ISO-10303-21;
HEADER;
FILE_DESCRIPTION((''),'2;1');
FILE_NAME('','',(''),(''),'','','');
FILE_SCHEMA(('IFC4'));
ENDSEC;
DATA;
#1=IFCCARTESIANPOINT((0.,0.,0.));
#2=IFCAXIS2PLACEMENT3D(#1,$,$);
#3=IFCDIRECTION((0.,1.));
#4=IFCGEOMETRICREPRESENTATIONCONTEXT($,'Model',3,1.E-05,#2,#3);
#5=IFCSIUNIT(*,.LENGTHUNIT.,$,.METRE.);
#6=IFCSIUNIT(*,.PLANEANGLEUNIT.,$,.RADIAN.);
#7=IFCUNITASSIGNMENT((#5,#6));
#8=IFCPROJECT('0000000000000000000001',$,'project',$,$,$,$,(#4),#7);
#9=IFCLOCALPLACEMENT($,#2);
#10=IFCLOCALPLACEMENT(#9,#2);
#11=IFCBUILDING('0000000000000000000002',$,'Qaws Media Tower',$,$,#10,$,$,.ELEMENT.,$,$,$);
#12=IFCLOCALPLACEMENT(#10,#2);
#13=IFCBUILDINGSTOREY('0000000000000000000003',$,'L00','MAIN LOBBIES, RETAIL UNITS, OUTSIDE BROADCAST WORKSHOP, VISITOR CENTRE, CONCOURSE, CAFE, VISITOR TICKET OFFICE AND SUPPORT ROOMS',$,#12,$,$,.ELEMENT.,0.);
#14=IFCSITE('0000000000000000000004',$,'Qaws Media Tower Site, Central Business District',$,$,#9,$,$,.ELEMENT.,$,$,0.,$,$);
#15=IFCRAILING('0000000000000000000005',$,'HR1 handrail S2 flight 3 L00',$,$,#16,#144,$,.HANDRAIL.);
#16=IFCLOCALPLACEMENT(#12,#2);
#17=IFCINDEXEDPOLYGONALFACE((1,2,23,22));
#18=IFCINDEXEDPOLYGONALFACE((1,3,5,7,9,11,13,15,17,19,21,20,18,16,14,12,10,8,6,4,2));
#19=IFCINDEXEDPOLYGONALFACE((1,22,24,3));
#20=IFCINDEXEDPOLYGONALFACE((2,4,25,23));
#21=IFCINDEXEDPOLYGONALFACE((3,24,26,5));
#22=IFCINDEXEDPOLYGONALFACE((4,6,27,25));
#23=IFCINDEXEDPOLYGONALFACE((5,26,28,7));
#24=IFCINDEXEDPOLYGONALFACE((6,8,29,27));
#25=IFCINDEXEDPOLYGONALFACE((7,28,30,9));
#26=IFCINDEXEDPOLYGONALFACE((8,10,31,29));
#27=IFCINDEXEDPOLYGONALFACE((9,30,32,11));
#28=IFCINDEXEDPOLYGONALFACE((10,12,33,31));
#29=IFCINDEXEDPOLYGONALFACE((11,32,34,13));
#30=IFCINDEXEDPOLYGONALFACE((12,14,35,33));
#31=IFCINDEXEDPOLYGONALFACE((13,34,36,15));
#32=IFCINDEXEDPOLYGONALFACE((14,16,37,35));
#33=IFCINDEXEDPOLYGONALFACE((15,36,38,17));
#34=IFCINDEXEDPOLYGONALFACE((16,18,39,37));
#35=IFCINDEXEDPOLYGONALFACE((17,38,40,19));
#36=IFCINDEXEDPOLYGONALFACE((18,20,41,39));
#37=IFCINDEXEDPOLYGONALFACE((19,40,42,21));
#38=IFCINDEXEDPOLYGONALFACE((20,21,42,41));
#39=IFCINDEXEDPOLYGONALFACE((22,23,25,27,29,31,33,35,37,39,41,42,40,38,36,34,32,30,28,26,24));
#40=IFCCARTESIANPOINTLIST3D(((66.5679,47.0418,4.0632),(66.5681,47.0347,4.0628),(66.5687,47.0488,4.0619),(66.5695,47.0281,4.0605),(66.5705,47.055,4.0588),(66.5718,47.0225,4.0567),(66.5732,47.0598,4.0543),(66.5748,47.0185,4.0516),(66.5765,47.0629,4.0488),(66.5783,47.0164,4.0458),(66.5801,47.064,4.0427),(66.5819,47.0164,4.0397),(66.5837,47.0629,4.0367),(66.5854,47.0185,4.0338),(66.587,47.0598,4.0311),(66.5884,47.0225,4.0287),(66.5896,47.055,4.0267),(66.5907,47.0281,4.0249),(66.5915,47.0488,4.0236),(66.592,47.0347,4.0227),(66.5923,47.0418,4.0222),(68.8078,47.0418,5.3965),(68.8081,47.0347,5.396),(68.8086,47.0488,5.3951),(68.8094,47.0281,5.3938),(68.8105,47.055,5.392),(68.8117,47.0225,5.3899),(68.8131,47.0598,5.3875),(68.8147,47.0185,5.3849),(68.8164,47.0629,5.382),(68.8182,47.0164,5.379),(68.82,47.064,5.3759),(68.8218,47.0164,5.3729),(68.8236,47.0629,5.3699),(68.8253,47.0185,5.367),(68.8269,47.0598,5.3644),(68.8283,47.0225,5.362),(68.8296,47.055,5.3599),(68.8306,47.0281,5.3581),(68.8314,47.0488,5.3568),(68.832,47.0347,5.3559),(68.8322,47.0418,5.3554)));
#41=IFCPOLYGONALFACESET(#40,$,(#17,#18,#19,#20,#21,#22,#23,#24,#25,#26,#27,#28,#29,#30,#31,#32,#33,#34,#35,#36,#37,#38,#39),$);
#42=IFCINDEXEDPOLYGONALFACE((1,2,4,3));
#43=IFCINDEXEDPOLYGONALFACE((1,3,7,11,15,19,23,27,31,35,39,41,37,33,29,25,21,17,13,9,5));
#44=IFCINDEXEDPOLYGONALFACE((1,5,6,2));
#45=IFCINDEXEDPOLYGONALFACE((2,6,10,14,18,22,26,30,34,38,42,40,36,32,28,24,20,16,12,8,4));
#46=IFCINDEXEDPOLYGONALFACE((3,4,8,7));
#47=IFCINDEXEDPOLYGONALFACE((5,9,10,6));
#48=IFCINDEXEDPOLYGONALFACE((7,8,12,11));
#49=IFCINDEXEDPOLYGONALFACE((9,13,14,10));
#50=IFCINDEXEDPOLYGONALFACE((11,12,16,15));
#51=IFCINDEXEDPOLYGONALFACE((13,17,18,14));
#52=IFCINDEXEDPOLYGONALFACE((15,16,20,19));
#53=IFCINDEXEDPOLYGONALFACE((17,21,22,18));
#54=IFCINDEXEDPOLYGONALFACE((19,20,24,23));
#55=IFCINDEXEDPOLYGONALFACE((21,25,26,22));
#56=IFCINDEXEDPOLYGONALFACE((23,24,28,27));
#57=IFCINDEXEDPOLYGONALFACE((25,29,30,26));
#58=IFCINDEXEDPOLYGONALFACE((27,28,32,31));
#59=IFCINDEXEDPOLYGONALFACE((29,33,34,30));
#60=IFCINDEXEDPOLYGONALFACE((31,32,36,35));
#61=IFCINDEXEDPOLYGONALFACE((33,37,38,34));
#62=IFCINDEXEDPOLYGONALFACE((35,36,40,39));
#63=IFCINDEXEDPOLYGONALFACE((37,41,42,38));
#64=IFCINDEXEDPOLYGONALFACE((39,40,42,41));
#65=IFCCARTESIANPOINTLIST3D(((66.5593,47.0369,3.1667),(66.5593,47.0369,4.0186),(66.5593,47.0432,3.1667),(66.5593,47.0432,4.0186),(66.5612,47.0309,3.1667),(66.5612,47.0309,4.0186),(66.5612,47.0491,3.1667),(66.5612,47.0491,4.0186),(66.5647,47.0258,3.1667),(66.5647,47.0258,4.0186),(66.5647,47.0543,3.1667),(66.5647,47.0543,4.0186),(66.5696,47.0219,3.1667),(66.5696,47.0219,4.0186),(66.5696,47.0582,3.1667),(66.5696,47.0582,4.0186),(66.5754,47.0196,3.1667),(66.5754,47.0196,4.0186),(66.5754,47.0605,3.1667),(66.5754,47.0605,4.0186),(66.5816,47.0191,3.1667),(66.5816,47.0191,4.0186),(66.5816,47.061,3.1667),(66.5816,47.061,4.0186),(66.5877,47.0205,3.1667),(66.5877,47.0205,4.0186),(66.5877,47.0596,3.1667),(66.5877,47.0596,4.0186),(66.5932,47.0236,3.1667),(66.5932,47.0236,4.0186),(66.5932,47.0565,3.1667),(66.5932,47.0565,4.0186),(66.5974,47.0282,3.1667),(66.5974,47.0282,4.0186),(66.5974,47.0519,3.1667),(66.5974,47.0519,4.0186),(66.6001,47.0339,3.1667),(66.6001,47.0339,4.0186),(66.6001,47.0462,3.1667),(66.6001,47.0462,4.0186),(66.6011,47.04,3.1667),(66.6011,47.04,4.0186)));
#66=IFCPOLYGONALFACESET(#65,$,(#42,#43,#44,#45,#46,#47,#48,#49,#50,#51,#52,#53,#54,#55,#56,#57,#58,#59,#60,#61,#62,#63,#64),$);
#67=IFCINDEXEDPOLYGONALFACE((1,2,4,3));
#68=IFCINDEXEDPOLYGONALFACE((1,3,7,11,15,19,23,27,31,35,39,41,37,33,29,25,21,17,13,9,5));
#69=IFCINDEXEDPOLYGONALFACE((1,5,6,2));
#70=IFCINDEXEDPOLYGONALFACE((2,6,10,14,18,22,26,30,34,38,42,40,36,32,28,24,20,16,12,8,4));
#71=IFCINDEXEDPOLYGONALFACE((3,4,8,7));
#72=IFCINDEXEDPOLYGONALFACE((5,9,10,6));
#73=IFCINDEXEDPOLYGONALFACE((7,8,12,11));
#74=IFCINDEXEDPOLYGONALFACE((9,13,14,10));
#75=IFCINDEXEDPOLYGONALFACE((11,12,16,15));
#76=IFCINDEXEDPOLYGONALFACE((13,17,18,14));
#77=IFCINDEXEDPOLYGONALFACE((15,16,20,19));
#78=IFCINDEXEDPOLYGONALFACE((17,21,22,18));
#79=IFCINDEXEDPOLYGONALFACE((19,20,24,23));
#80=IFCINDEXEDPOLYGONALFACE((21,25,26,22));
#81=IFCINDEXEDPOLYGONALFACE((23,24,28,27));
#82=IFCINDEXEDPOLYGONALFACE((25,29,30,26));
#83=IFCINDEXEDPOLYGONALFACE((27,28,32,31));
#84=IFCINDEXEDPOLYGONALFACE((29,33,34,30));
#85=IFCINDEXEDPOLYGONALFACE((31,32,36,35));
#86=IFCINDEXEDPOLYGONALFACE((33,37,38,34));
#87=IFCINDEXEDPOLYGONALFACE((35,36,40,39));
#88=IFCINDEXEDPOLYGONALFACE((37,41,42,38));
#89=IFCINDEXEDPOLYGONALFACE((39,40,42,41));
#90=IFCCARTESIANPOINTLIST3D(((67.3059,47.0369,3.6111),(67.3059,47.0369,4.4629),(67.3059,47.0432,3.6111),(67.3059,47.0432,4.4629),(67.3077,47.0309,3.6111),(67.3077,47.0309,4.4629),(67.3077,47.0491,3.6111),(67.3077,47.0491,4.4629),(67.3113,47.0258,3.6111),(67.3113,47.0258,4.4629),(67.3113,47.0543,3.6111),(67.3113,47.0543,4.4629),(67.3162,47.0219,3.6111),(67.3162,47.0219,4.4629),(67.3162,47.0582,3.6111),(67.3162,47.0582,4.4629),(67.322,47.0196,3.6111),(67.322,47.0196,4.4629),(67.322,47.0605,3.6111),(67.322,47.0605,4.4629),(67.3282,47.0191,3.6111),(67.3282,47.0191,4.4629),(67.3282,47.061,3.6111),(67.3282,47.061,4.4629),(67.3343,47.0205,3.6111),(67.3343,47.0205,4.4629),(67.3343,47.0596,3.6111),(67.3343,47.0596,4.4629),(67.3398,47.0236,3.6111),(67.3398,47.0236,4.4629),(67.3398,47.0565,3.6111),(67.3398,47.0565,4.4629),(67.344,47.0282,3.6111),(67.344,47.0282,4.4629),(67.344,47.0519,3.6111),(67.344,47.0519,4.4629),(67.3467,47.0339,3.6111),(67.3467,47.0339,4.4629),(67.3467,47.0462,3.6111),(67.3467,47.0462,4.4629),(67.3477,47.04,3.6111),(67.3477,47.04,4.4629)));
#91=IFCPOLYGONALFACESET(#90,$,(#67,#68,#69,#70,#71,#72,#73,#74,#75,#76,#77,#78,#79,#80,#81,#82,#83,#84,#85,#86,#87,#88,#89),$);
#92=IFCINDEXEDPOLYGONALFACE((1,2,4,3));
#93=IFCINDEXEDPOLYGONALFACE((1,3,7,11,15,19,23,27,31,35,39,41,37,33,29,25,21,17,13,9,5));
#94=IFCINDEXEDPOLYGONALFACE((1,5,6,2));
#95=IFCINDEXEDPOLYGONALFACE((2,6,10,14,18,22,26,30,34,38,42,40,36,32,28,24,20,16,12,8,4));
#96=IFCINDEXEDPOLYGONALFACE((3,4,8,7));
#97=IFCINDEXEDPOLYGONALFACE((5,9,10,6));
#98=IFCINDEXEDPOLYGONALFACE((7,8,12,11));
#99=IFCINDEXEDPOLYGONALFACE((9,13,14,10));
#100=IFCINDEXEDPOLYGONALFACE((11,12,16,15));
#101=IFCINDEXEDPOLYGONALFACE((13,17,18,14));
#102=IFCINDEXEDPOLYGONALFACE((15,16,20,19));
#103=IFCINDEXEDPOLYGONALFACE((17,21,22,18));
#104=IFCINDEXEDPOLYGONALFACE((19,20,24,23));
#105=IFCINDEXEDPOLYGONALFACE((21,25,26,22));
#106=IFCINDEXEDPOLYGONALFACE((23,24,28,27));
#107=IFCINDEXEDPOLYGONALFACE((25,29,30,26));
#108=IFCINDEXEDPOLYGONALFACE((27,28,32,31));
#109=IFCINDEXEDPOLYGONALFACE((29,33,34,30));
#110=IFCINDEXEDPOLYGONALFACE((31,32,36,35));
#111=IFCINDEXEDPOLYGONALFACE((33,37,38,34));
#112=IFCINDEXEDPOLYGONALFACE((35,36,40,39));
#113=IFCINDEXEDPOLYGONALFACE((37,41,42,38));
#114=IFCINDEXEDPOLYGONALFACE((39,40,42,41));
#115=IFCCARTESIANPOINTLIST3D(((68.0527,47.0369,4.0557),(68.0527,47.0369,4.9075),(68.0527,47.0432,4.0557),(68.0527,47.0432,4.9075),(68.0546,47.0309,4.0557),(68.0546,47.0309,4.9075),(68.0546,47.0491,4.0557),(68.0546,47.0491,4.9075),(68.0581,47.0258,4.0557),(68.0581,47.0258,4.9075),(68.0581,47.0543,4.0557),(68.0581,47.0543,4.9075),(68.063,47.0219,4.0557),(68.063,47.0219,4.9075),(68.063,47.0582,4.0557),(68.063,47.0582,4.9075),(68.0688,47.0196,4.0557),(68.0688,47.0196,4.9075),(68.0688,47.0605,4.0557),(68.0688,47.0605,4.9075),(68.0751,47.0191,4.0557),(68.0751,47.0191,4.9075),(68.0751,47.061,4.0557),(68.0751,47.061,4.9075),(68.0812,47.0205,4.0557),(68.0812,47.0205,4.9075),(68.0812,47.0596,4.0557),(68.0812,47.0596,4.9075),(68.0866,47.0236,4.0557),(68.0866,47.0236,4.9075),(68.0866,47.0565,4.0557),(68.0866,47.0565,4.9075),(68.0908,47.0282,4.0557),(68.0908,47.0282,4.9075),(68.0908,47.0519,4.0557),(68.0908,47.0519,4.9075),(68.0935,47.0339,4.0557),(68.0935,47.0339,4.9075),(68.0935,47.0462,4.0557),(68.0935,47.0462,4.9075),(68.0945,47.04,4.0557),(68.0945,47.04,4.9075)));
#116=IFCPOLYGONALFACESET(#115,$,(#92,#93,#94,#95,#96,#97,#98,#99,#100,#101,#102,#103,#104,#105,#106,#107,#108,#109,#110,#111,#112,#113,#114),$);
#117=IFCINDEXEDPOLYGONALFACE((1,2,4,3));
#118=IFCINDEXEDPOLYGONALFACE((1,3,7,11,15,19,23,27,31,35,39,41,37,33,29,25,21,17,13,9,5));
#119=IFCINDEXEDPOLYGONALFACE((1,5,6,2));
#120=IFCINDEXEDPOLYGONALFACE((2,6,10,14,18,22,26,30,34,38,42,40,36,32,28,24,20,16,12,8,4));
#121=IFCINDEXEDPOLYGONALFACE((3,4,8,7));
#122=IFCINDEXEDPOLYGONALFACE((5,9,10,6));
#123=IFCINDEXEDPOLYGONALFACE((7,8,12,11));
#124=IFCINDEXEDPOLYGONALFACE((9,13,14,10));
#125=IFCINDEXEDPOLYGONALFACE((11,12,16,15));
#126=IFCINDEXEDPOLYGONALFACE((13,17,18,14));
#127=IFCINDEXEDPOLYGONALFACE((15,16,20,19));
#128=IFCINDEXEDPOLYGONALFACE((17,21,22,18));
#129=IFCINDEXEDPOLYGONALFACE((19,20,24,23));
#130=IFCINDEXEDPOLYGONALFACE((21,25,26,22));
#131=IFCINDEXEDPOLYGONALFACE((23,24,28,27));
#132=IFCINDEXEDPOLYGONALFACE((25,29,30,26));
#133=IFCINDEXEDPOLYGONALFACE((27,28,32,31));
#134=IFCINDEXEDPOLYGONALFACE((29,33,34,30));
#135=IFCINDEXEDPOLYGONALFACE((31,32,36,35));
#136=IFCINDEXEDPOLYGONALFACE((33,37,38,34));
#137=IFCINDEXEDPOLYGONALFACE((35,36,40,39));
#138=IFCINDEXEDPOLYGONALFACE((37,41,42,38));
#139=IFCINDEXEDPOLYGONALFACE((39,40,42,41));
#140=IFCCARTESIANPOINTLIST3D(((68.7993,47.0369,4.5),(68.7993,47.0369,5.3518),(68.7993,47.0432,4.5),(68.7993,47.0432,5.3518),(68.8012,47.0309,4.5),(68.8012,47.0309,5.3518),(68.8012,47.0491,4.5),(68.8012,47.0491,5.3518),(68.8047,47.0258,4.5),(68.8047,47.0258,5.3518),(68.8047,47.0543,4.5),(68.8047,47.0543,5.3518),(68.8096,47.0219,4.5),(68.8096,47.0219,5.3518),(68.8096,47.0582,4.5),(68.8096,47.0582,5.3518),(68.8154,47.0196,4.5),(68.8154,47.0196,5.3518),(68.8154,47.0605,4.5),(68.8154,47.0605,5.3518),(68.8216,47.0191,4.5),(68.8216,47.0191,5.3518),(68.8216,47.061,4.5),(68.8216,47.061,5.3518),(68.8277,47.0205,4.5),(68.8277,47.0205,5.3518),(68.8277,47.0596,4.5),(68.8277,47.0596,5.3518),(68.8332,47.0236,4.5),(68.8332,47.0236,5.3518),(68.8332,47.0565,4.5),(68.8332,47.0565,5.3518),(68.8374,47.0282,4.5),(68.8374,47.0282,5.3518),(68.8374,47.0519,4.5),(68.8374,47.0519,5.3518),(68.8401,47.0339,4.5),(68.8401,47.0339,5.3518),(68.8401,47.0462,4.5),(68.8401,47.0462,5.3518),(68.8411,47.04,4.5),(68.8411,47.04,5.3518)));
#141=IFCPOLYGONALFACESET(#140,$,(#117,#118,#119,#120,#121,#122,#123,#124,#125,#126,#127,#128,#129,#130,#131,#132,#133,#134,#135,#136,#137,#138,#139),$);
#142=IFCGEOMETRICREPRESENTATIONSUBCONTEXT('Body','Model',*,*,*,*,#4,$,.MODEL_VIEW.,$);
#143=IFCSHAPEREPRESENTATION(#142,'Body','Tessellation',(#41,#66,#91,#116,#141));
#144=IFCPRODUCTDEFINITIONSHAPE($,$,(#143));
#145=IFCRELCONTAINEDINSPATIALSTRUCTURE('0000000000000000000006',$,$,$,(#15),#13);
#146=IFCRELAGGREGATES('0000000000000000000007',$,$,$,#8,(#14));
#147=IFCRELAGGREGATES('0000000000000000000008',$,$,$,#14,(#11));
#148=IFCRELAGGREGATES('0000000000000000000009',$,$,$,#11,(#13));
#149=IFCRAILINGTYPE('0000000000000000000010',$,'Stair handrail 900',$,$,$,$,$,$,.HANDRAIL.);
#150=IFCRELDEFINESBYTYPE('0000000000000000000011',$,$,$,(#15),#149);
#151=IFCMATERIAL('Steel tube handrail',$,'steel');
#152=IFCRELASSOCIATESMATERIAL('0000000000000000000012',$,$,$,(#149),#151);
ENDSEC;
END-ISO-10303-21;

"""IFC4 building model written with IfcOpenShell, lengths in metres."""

from ifc_helpers import new_model, si_unit, direction, frame, origin, origin_2d, place, context, subcontext, project, spatial, circle, extrude, material, type_object, element, save


model = new_model("IFC4")

# Units and contexts
model_context = context("Model", 3, precision=1e-05, world=origin(), true_north=direction((0.0, 1.0)))
body_context = subcontext(model_context, "Body", "Model", "MODEL_VIEW")
ifc_project = project(units=[si_unit("LENGTHUNIT", "METRE"), si_unit("PLANEANGLEUNIT", "RADIAN")], contexts=[model_context])

# Site, building, storey
site_placement = place(None, origin())
site = spatial("IfcSite", under=ifc_project, at=site_placement, Name="Qaws Media Tower Site, Central Business District", CompositionType="ELEMENT", RefElevation=0.0)
building_placement = place(site_placement, origin())
building = spatial("IfcBuilding", under=site, at=building_placement, Name="Qaws Media Tower", CompositionType="ELEMENT")
storey_placement = place(building_placement, origin())
storey = spatial("IfcBuildingStorey", under=building, at=storey_placement, Name="L00", Description="MAIN LOBBIES, RETAIL UNITS, OUTSIDE BROADCAST WORKSHOP, VISITOR CENTRE, CONCOURSE, CAFE, VISITOR TICKET OFFICE AND SUPPORT ROOMS", CompositionType="ELEMENT", Elevation=0.0)

# Railing
ifc_material_1 = material(Name="Steel tube handrail", Category="steel")
railing_type = type_object("IfcRailingType", Name="Stair handrail 900", PredefinedType="HANDRAIL", material=ifc_material_1)
railing_1_placement = place(storey_placement, frame((66.5801, 47.04, 3.1667)))
element("IfcRailing", 1, at=railing_1_placement, inside=storey, type_object=railing_type, Name="HR1 handrail S2 flight 3 L00", PredefinedType="HANDRAIL", context=body_context, shape_type="SweptSolid", body=[
    extrude(circle(Radius=0.0239, at=origin_2d()), frame((0.0, 0.0, 0.876), z_axis=(0.859306, 0.0, 0.511462), x_axis=(0.0, 1.0, 0.0)), (0.0, 0.0, 1.0), 2.6067),
    extrude(circle(Radius=0.021, at=origin_2d()), origin(), (0.0, 0.0, 1.0), 0.8518),
    extrude(circle(Radius=0.021, at=origin_2d()), frame((0.7466, 0.0, 0.4443)), (0.0, 0.0, 1.0), 0.8518),
    extrude(circle(Radius=0.021, at=origin_2d()), frame((1.4934, 0.0, 0.8889)), (0.0, 0.0, 1.0), 0.8518),
    extrude(circle(Radius=0.021, at=origin_2d()), frame((2.24, 0.0, 1.3333)), (0.0, 0.0, 1.0), 0.8518),
])

save(model, "model.ifc")
